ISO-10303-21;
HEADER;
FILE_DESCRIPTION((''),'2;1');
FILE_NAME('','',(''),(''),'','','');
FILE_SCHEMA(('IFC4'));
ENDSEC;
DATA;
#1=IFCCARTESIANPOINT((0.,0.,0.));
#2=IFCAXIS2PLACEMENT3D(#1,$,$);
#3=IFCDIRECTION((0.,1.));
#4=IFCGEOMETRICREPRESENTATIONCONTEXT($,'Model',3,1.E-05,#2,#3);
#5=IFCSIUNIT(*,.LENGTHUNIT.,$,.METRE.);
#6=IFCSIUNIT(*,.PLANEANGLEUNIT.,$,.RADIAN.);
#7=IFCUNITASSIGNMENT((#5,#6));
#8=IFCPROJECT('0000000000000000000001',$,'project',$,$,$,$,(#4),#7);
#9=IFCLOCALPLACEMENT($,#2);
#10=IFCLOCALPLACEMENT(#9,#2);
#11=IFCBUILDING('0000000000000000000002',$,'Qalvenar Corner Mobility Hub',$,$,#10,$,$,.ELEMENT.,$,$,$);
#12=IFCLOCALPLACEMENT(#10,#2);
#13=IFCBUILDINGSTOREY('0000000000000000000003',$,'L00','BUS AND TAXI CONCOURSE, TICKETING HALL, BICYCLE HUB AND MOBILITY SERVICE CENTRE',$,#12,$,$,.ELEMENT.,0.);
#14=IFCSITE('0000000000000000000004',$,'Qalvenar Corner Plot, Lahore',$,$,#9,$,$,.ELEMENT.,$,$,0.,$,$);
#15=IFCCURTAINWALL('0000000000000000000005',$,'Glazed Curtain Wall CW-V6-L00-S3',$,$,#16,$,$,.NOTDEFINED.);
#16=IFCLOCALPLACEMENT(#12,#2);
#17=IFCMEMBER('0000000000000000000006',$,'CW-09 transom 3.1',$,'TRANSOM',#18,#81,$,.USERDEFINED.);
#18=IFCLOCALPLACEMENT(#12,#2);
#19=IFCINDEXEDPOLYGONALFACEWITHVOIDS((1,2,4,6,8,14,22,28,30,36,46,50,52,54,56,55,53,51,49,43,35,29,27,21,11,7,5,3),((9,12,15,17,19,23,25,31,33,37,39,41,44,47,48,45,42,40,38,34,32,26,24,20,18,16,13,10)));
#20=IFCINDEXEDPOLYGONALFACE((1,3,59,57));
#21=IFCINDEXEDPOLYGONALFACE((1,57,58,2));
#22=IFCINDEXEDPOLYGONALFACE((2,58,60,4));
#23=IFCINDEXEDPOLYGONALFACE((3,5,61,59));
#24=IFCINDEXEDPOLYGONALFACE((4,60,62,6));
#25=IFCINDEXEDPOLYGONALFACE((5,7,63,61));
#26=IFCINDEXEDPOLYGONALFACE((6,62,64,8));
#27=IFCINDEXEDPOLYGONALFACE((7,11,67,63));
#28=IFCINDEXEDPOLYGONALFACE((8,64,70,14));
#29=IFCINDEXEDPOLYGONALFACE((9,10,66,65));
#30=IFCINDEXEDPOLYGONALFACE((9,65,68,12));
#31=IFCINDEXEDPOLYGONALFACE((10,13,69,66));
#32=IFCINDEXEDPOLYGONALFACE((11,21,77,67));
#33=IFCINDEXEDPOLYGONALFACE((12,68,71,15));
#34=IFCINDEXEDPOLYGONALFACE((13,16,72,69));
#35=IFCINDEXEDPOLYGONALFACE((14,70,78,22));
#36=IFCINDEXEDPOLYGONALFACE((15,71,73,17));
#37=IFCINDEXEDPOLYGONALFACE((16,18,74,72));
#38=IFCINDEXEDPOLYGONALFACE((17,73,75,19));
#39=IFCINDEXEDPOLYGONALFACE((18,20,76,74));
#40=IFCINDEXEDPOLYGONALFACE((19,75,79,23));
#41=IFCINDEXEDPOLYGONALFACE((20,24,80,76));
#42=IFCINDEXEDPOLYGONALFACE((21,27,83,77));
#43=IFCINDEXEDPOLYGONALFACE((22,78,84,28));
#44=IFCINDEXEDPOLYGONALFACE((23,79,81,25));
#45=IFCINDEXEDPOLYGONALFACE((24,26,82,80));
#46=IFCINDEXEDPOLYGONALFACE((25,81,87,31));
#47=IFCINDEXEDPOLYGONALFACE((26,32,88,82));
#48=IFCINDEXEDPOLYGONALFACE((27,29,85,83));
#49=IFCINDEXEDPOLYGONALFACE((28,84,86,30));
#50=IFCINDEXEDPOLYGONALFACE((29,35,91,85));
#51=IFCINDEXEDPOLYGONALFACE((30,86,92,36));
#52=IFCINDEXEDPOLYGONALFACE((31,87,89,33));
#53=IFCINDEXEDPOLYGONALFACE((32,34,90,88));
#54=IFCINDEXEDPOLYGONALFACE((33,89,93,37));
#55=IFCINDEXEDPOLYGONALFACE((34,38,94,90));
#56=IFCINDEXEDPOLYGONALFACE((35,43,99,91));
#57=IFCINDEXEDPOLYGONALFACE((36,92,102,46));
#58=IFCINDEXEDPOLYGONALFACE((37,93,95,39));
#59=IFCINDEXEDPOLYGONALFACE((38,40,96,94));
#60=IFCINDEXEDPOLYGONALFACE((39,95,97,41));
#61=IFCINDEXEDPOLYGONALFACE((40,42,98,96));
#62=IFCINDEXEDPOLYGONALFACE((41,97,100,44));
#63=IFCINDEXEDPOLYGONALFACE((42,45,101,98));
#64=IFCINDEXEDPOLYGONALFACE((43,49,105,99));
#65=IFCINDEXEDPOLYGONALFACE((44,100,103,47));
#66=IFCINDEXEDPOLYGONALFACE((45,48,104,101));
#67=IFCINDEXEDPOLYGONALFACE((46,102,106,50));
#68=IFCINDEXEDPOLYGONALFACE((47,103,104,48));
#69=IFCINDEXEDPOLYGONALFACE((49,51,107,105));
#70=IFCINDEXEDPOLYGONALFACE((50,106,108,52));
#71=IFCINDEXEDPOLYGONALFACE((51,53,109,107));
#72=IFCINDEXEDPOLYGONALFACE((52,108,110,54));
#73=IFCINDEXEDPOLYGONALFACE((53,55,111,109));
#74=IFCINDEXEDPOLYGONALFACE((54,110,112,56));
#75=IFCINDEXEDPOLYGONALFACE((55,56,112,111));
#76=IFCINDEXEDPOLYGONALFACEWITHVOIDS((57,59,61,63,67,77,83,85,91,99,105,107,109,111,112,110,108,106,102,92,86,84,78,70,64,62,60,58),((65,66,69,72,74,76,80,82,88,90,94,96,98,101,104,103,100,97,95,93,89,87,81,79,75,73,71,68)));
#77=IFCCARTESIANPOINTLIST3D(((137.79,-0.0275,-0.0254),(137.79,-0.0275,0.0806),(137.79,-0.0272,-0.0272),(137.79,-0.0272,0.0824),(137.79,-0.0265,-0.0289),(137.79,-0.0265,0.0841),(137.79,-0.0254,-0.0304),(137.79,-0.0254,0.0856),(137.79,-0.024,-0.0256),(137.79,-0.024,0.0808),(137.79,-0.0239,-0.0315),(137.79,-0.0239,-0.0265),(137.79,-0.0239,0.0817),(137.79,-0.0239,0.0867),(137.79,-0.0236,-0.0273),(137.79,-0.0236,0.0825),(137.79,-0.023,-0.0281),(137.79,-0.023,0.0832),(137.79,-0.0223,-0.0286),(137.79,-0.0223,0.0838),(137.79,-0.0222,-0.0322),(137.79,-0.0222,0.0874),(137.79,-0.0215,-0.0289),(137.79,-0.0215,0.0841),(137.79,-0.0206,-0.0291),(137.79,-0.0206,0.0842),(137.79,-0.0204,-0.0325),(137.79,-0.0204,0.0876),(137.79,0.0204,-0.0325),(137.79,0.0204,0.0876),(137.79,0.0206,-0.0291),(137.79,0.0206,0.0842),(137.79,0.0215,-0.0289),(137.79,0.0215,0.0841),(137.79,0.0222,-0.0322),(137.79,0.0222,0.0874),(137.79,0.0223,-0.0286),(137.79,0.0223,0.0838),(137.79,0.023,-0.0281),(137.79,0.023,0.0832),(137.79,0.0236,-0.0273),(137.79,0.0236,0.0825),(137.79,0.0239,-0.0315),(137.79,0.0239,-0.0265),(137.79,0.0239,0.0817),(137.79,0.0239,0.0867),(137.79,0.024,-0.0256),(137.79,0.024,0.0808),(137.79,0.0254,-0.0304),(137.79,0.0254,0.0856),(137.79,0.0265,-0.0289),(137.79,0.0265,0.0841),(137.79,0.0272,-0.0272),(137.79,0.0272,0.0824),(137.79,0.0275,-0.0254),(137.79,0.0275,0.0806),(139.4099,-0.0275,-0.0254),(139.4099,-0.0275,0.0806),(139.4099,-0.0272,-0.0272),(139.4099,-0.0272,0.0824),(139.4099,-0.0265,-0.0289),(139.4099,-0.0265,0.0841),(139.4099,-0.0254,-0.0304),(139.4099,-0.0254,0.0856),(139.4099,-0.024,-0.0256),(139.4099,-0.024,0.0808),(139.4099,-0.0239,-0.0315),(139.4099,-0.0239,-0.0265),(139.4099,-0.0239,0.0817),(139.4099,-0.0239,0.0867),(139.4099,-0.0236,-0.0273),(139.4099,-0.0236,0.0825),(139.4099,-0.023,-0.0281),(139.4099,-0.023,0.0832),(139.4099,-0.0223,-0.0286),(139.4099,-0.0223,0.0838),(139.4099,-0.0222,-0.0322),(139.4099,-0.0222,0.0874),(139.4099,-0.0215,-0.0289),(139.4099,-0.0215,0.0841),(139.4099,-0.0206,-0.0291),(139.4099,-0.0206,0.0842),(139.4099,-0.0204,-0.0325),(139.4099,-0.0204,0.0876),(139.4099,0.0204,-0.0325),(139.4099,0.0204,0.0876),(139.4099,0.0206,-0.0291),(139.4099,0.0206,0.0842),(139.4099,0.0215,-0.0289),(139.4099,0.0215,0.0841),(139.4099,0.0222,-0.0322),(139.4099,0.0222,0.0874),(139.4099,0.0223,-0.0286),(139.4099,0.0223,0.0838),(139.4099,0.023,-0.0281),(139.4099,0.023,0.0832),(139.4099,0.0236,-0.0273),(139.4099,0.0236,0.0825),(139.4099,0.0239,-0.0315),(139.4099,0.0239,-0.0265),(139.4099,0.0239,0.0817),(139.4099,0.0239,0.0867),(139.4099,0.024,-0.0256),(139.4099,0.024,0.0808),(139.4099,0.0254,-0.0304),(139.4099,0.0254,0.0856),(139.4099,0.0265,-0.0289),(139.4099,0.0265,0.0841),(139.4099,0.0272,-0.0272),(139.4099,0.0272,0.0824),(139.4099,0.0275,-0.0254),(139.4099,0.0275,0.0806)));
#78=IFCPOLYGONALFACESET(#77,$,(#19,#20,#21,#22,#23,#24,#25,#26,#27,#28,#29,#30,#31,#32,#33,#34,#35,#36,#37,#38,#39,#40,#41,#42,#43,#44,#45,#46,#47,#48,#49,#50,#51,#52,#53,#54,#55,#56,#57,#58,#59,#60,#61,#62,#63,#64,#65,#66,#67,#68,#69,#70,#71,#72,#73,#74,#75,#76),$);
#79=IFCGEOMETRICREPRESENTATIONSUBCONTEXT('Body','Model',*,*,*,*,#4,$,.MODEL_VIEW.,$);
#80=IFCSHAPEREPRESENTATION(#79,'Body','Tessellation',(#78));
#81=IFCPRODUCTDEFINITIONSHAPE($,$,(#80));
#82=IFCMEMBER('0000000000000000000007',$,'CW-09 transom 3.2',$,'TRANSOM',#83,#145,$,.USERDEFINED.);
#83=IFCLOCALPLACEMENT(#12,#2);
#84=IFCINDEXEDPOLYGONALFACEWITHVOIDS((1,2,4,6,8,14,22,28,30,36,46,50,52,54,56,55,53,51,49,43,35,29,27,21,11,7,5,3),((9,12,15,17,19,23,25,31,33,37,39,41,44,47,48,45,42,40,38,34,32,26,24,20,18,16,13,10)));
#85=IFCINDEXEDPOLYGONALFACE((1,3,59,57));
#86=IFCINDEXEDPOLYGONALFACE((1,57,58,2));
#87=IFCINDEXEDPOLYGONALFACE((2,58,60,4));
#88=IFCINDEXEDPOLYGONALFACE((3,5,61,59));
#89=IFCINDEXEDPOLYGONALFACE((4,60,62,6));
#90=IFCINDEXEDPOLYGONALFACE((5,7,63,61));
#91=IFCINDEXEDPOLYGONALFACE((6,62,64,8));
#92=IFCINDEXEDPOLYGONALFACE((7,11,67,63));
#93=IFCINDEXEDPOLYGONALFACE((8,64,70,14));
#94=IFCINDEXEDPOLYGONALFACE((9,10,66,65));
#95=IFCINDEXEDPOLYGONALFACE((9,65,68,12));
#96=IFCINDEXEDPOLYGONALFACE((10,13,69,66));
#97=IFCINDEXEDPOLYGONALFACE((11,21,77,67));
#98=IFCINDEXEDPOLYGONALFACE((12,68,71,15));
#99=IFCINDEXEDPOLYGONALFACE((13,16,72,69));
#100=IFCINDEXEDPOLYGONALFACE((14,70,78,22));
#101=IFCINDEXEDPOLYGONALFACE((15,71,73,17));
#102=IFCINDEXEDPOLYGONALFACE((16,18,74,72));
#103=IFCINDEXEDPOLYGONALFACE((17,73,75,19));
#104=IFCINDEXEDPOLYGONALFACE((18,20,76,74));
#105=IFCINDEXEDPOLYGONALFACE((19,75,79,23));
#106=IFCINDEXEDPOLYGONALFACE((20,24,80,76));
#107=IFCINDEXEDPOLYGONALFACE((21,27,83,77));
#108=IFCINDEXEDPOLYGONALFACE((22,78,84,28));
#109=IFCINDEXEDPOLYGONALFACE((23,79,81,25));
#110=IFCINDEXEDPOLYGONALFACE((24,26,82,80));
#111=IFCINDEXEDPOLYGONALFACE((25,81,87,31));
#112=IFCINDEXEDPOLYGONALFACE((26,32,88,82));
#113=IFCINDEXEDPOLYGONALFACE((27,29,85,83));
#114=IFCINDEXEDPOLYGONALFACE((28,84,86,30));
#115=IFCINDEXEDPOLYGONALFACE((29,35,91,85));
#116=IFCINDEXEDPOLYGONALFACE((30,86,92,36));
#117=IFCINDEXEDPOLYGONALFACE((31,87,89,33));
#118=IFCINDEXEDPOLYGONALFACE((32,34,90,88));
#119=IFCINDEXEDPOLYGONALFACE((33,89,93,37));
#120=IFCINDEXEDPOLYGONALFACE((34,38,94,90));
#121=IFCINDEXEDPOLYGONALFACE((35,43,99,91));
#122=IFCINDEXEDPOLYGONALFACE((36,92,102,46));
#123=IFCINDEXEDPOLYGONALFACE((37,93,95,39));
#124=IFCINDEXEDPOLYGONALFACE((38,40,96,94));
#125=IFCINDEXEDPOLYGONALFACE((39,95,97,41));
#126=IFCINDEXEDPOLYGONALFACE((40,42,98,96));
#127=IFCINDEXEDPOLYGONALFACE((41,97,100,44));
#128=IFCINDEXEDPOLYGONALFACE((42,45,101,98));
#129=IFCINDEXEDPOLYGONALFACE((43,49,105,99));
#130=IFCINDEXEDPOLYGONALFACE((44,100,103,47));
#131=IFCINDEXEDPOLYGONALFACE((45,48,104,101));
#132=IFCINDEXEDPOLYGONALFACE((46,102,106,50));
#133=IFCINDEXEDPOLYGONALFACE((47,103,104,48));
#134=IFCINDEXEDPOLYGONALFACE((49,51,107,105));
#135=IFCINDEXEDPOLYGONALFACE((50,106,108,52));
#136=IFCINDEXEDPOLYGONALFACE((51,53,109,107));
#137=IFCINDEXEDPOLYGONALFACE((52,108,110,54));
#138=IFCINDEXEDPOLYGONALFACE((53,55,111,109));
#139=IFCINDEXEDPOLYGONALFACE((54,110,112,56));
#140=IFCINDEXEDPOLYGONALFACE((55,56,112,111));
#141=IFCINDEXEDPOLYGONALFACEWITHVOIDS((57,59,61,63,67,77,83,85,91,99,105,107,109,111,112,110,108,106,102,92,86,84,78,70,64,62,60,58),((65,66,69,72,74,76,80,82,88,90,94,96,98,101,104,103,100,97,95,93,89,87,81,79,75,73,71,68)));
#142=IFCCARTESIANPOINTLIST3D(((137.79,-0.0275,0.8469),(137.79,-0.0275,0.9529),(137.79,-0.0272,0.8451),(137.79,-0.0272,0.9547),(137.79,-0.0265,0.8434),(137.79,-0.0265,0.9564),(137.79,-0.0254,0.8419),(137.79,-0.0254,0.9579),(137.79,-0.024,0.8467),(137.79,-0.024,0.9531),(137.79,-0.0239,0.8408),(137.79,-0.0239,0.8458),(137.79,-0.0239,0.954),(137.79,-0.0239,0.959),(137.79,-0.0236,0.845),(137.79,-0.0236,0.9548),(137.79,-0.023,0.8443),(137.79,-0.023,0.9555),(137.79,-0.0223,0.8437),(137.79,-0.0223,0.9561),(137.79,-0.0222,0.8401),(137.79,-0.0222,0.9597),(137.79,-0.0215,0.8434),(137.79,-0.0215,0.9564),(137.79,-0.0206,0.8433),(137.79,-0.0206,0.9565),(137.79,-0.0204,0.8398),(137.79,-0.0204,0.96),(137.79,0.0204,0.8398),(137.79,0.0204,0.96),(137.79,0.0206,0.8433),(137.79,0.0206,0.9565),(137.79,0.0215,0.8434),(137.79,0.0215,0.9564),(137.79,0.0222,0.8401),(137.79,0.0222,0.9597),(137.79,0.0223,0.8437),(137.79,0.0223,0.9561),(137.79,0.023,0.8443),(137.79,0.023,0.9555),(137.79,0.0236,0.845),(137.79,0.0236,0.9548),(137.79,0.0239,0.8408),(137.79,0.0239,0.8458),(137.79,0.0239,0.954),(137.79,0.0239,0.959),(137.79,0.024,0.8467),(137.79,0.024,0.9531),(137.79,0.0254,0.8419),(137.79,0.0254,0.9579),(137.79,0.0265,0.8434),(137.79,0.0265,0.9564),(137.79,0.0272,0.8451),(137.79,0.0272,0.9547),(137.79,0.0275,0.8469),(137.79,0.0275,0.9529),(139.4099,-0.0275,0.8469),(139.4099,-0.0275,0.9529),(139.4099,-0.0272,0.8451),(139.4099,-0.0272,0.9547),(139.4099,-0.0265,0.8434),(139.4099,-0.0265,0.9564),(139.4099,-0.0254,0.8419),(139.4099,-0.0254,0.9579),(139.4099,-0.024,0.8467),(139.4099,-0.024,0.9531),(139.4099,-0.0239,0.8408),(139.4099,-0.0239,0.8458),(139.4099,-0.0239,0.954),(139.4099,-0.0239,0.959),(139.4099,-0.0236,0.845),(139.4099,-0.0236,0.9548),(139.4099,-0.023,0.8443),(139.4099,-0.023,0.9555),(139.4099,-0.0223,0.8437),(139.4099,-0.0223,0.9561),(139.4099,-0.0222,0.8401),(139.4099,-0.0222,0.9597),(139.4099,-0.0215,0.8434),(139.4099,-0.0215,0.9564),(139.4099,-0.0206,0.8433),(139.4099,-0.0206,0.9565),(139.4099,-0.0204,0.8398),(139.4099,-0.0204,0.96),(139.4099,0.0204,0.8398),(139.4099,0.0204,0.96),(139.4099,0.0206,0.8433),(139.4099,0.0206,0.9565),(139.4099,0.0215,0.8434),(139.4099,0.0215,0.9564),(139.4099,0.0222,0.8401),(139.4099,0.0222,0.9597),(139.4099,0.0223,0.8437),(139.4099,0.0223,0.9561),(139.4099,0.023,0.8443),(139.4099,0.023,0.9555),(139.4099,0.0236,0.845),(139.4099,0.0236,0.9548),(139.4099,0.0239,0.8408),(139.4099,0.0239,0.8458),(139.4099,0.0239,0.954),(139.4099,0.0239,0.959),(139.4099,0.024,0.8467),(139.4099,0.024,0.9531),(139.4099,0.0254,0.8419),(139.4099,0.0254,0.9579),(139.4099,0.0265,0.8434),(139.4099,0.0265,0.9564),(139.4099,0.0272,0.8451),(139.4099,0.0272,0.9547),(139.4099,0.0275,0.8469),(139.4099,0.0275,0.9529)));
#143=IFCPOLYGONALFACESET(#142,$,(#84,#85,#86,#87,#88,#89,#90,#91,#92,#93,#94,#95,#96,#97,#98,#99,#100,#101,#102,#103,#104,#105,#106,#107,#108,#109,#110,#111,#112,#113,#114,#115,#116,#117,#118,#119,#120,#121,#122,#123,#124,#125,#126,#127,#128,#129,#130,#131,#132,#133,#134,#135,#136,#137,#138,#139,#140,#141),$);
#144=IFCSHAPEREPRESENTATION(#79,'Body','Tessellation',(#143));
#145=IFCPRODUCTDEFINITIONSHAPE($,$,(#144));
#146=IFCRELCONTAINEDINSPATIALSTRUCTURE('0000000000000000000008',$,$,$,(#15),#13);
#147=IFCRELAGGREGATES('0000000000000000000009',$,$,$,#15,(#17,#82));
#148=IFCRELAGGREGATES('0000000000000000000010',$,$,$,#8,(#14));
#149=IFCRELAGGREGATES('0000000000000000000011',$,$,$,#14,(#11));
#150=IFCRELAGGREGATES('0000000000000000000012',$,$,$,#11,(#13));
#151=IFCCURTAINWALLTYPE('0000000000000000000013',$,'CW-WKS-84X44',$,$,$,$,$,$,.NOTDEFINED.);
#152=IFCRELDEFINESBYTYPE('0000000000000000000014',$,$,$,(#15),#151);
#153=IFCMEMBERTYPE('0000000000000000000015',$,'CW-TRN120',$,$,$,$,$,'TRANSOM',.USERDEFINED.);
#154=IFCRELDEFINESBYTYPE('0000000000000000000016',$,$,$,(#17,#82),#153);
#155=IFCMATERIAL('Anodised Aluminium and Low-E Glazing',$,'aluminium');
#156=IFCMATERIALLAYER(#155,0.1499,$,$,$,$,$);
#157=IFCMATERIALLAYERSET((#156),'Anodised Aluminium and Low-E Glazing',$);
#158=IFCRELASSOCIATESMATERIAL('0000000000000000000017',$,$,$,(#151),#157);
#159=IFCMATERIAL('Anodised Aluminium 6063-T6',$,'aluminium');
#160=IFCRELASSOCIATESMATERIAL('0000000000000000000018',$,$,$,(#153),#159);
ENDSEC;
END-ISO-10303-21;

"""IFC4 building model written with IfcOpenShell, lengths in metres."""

from ifc_helpers import new_model, si_unit, direction, frame, origin, origin_2d, place, context, subcontext, project, spatial, hollow_rectangle, extrude, material, layer, layer_set, material_profile, profile_set, type_object, element, aggregate, save


model = new_model("IFC4")

# Units and contexts
model_context = context("Model", 3, precision=1e-05, world=origin(), true_north=direction((0.0, 1.0)))
body_context = subcontext(model_context, "Body", "Model", "MODEL_VIEW")
ifc_project = project(units=[si_unit("LENGTHUNIT", "METRE"), si_unit("PLANEANGLEUNIT", "RADIAN")], contexts=[model_context])

# Site, building, storey
site_placement = place(None, origin())
site = spatial("IfcSite", under=ifc_project, at=site_placement, Name="Qalvenar Corner Plot, Lahore", CompositionType="ELEMENT", RefElevation=0.0)
building_placement = place(site_placement, origin())
building = spatial("IfcBuilding", under=site, at=building_placement, Name="Qalvenar Corner Mobility Hub", CompositionType="ELEMENT")
storey_placement = place(building_placement, origin())
storey = spatial("IfcBuildingStorey", under=building, at=storey_placement, Name="L00", Description="BUS AND TAXI CONCOURSE, TICKETING HALL, BICYCLE HUB AND MOBILITY SERVICE CENTRE", CompositionType="ELEMENT", Elevation=0.0)

# Curtain wall, members
ifc_material_1 = material(Name="Anodised Aluminium and Low-E Glazing", Category="aluminium")
ifc_layer_1 = layer(ifc_material_1, 0.1499)
ifc_layer_set_1 = layer_set([ifc_layer_1], Name="Anodised Aluminium and Low-E Glazing")
curtain_wall_type = type_object("IfcCurtainWallType", Name="CW-WKS-84X44", PredefinedType="NOTDEFINED", material=ifc_layer_set_1)
curtain_wall_placement = place(storey_placement, origin())
curtain_wall = element("IfcCurtainWall", 1, at=curtain_wall_placement, inside=storey, type_object=curtain_wall_type, Name="Glazed Curtain Wall CW-V6-L00-S3", PredefinedType="NOTDEFINED")
ifc_material_2 = material(Name="Anodised Aluminium 6063-T6", Category="aluminium")
ifc_material_profile_1 = material_profile(ifc_material_2, hollow_rectangle(XDim=0.0549, YDim=0.1201, WallThickness=0.0034, InnerFilletRadius=0.0034, OuterFilletRadius=0.0071, at=origin_2d()), Name="RHS120x55x3.5")
ifc_profile_set_1 = profile_set([ifc_material_profile_1], Name="Anodised Aluminium 6063-T6")
member_type_1 = type_object("IfcMemberType", Name="CW-TRN120", ElementType="TRANSOM", PredefinedType="USERDEFINED", material=ifc_profile_set_1)
member_1_placement = place(storey_placement, frame((137.79, 0.0, 0.0276), z_axis=(1.0, 0.0, 0.0), x_axis=(0.0, 1.0, 0.0)))
member_1 = element("IfcMember", 2, at=member_1_placement, type_object=member_type_1, Name="CW-09 transom 3.1", ObjectType="TRANSOM", PredefinedType="USERDEFINED", context=body_context, shape_type="SweptSolid", body=[
    extrude(hollow_rectangle(XDim=0.0549, YDim=0.1201, WallThickness=0.0034, InnerFilletRadius=0.0034, OuterFilletRadius=0.0071, at=origin_2d()), origin(), (0.0, 0.0, 1.0), 1.6199),
])
member_2_placement = place(storey_placement, frame((137.79, 0.0, 0.8999), z_axis=(1.0, 0.0, 0.0), x_axis=(0.0, 1.0, 0.0)))
member_2 = element("IfcMember", 3, at=member_2_placement, type_object=member_type_1, Name="CW-09 transom 3.2", ObjectType="TRANSOM", PredefinedType="USERDEFINED", context=body_context, shape_type="SweptSolid", body=[
    extrude(hollow_rectangle(XDim=0.0549, YDim=0.1201, WallThickness=0.0034, InnerFilletRadius=0.0034, OuterFilletRadius=0.0071, at=origin_2d()), origin(), (0.0, 0.0, 1.0), 1.6199),
])
aggregate(curtain_wall, [member_1, member_2])

save(model, "model.ifc")
